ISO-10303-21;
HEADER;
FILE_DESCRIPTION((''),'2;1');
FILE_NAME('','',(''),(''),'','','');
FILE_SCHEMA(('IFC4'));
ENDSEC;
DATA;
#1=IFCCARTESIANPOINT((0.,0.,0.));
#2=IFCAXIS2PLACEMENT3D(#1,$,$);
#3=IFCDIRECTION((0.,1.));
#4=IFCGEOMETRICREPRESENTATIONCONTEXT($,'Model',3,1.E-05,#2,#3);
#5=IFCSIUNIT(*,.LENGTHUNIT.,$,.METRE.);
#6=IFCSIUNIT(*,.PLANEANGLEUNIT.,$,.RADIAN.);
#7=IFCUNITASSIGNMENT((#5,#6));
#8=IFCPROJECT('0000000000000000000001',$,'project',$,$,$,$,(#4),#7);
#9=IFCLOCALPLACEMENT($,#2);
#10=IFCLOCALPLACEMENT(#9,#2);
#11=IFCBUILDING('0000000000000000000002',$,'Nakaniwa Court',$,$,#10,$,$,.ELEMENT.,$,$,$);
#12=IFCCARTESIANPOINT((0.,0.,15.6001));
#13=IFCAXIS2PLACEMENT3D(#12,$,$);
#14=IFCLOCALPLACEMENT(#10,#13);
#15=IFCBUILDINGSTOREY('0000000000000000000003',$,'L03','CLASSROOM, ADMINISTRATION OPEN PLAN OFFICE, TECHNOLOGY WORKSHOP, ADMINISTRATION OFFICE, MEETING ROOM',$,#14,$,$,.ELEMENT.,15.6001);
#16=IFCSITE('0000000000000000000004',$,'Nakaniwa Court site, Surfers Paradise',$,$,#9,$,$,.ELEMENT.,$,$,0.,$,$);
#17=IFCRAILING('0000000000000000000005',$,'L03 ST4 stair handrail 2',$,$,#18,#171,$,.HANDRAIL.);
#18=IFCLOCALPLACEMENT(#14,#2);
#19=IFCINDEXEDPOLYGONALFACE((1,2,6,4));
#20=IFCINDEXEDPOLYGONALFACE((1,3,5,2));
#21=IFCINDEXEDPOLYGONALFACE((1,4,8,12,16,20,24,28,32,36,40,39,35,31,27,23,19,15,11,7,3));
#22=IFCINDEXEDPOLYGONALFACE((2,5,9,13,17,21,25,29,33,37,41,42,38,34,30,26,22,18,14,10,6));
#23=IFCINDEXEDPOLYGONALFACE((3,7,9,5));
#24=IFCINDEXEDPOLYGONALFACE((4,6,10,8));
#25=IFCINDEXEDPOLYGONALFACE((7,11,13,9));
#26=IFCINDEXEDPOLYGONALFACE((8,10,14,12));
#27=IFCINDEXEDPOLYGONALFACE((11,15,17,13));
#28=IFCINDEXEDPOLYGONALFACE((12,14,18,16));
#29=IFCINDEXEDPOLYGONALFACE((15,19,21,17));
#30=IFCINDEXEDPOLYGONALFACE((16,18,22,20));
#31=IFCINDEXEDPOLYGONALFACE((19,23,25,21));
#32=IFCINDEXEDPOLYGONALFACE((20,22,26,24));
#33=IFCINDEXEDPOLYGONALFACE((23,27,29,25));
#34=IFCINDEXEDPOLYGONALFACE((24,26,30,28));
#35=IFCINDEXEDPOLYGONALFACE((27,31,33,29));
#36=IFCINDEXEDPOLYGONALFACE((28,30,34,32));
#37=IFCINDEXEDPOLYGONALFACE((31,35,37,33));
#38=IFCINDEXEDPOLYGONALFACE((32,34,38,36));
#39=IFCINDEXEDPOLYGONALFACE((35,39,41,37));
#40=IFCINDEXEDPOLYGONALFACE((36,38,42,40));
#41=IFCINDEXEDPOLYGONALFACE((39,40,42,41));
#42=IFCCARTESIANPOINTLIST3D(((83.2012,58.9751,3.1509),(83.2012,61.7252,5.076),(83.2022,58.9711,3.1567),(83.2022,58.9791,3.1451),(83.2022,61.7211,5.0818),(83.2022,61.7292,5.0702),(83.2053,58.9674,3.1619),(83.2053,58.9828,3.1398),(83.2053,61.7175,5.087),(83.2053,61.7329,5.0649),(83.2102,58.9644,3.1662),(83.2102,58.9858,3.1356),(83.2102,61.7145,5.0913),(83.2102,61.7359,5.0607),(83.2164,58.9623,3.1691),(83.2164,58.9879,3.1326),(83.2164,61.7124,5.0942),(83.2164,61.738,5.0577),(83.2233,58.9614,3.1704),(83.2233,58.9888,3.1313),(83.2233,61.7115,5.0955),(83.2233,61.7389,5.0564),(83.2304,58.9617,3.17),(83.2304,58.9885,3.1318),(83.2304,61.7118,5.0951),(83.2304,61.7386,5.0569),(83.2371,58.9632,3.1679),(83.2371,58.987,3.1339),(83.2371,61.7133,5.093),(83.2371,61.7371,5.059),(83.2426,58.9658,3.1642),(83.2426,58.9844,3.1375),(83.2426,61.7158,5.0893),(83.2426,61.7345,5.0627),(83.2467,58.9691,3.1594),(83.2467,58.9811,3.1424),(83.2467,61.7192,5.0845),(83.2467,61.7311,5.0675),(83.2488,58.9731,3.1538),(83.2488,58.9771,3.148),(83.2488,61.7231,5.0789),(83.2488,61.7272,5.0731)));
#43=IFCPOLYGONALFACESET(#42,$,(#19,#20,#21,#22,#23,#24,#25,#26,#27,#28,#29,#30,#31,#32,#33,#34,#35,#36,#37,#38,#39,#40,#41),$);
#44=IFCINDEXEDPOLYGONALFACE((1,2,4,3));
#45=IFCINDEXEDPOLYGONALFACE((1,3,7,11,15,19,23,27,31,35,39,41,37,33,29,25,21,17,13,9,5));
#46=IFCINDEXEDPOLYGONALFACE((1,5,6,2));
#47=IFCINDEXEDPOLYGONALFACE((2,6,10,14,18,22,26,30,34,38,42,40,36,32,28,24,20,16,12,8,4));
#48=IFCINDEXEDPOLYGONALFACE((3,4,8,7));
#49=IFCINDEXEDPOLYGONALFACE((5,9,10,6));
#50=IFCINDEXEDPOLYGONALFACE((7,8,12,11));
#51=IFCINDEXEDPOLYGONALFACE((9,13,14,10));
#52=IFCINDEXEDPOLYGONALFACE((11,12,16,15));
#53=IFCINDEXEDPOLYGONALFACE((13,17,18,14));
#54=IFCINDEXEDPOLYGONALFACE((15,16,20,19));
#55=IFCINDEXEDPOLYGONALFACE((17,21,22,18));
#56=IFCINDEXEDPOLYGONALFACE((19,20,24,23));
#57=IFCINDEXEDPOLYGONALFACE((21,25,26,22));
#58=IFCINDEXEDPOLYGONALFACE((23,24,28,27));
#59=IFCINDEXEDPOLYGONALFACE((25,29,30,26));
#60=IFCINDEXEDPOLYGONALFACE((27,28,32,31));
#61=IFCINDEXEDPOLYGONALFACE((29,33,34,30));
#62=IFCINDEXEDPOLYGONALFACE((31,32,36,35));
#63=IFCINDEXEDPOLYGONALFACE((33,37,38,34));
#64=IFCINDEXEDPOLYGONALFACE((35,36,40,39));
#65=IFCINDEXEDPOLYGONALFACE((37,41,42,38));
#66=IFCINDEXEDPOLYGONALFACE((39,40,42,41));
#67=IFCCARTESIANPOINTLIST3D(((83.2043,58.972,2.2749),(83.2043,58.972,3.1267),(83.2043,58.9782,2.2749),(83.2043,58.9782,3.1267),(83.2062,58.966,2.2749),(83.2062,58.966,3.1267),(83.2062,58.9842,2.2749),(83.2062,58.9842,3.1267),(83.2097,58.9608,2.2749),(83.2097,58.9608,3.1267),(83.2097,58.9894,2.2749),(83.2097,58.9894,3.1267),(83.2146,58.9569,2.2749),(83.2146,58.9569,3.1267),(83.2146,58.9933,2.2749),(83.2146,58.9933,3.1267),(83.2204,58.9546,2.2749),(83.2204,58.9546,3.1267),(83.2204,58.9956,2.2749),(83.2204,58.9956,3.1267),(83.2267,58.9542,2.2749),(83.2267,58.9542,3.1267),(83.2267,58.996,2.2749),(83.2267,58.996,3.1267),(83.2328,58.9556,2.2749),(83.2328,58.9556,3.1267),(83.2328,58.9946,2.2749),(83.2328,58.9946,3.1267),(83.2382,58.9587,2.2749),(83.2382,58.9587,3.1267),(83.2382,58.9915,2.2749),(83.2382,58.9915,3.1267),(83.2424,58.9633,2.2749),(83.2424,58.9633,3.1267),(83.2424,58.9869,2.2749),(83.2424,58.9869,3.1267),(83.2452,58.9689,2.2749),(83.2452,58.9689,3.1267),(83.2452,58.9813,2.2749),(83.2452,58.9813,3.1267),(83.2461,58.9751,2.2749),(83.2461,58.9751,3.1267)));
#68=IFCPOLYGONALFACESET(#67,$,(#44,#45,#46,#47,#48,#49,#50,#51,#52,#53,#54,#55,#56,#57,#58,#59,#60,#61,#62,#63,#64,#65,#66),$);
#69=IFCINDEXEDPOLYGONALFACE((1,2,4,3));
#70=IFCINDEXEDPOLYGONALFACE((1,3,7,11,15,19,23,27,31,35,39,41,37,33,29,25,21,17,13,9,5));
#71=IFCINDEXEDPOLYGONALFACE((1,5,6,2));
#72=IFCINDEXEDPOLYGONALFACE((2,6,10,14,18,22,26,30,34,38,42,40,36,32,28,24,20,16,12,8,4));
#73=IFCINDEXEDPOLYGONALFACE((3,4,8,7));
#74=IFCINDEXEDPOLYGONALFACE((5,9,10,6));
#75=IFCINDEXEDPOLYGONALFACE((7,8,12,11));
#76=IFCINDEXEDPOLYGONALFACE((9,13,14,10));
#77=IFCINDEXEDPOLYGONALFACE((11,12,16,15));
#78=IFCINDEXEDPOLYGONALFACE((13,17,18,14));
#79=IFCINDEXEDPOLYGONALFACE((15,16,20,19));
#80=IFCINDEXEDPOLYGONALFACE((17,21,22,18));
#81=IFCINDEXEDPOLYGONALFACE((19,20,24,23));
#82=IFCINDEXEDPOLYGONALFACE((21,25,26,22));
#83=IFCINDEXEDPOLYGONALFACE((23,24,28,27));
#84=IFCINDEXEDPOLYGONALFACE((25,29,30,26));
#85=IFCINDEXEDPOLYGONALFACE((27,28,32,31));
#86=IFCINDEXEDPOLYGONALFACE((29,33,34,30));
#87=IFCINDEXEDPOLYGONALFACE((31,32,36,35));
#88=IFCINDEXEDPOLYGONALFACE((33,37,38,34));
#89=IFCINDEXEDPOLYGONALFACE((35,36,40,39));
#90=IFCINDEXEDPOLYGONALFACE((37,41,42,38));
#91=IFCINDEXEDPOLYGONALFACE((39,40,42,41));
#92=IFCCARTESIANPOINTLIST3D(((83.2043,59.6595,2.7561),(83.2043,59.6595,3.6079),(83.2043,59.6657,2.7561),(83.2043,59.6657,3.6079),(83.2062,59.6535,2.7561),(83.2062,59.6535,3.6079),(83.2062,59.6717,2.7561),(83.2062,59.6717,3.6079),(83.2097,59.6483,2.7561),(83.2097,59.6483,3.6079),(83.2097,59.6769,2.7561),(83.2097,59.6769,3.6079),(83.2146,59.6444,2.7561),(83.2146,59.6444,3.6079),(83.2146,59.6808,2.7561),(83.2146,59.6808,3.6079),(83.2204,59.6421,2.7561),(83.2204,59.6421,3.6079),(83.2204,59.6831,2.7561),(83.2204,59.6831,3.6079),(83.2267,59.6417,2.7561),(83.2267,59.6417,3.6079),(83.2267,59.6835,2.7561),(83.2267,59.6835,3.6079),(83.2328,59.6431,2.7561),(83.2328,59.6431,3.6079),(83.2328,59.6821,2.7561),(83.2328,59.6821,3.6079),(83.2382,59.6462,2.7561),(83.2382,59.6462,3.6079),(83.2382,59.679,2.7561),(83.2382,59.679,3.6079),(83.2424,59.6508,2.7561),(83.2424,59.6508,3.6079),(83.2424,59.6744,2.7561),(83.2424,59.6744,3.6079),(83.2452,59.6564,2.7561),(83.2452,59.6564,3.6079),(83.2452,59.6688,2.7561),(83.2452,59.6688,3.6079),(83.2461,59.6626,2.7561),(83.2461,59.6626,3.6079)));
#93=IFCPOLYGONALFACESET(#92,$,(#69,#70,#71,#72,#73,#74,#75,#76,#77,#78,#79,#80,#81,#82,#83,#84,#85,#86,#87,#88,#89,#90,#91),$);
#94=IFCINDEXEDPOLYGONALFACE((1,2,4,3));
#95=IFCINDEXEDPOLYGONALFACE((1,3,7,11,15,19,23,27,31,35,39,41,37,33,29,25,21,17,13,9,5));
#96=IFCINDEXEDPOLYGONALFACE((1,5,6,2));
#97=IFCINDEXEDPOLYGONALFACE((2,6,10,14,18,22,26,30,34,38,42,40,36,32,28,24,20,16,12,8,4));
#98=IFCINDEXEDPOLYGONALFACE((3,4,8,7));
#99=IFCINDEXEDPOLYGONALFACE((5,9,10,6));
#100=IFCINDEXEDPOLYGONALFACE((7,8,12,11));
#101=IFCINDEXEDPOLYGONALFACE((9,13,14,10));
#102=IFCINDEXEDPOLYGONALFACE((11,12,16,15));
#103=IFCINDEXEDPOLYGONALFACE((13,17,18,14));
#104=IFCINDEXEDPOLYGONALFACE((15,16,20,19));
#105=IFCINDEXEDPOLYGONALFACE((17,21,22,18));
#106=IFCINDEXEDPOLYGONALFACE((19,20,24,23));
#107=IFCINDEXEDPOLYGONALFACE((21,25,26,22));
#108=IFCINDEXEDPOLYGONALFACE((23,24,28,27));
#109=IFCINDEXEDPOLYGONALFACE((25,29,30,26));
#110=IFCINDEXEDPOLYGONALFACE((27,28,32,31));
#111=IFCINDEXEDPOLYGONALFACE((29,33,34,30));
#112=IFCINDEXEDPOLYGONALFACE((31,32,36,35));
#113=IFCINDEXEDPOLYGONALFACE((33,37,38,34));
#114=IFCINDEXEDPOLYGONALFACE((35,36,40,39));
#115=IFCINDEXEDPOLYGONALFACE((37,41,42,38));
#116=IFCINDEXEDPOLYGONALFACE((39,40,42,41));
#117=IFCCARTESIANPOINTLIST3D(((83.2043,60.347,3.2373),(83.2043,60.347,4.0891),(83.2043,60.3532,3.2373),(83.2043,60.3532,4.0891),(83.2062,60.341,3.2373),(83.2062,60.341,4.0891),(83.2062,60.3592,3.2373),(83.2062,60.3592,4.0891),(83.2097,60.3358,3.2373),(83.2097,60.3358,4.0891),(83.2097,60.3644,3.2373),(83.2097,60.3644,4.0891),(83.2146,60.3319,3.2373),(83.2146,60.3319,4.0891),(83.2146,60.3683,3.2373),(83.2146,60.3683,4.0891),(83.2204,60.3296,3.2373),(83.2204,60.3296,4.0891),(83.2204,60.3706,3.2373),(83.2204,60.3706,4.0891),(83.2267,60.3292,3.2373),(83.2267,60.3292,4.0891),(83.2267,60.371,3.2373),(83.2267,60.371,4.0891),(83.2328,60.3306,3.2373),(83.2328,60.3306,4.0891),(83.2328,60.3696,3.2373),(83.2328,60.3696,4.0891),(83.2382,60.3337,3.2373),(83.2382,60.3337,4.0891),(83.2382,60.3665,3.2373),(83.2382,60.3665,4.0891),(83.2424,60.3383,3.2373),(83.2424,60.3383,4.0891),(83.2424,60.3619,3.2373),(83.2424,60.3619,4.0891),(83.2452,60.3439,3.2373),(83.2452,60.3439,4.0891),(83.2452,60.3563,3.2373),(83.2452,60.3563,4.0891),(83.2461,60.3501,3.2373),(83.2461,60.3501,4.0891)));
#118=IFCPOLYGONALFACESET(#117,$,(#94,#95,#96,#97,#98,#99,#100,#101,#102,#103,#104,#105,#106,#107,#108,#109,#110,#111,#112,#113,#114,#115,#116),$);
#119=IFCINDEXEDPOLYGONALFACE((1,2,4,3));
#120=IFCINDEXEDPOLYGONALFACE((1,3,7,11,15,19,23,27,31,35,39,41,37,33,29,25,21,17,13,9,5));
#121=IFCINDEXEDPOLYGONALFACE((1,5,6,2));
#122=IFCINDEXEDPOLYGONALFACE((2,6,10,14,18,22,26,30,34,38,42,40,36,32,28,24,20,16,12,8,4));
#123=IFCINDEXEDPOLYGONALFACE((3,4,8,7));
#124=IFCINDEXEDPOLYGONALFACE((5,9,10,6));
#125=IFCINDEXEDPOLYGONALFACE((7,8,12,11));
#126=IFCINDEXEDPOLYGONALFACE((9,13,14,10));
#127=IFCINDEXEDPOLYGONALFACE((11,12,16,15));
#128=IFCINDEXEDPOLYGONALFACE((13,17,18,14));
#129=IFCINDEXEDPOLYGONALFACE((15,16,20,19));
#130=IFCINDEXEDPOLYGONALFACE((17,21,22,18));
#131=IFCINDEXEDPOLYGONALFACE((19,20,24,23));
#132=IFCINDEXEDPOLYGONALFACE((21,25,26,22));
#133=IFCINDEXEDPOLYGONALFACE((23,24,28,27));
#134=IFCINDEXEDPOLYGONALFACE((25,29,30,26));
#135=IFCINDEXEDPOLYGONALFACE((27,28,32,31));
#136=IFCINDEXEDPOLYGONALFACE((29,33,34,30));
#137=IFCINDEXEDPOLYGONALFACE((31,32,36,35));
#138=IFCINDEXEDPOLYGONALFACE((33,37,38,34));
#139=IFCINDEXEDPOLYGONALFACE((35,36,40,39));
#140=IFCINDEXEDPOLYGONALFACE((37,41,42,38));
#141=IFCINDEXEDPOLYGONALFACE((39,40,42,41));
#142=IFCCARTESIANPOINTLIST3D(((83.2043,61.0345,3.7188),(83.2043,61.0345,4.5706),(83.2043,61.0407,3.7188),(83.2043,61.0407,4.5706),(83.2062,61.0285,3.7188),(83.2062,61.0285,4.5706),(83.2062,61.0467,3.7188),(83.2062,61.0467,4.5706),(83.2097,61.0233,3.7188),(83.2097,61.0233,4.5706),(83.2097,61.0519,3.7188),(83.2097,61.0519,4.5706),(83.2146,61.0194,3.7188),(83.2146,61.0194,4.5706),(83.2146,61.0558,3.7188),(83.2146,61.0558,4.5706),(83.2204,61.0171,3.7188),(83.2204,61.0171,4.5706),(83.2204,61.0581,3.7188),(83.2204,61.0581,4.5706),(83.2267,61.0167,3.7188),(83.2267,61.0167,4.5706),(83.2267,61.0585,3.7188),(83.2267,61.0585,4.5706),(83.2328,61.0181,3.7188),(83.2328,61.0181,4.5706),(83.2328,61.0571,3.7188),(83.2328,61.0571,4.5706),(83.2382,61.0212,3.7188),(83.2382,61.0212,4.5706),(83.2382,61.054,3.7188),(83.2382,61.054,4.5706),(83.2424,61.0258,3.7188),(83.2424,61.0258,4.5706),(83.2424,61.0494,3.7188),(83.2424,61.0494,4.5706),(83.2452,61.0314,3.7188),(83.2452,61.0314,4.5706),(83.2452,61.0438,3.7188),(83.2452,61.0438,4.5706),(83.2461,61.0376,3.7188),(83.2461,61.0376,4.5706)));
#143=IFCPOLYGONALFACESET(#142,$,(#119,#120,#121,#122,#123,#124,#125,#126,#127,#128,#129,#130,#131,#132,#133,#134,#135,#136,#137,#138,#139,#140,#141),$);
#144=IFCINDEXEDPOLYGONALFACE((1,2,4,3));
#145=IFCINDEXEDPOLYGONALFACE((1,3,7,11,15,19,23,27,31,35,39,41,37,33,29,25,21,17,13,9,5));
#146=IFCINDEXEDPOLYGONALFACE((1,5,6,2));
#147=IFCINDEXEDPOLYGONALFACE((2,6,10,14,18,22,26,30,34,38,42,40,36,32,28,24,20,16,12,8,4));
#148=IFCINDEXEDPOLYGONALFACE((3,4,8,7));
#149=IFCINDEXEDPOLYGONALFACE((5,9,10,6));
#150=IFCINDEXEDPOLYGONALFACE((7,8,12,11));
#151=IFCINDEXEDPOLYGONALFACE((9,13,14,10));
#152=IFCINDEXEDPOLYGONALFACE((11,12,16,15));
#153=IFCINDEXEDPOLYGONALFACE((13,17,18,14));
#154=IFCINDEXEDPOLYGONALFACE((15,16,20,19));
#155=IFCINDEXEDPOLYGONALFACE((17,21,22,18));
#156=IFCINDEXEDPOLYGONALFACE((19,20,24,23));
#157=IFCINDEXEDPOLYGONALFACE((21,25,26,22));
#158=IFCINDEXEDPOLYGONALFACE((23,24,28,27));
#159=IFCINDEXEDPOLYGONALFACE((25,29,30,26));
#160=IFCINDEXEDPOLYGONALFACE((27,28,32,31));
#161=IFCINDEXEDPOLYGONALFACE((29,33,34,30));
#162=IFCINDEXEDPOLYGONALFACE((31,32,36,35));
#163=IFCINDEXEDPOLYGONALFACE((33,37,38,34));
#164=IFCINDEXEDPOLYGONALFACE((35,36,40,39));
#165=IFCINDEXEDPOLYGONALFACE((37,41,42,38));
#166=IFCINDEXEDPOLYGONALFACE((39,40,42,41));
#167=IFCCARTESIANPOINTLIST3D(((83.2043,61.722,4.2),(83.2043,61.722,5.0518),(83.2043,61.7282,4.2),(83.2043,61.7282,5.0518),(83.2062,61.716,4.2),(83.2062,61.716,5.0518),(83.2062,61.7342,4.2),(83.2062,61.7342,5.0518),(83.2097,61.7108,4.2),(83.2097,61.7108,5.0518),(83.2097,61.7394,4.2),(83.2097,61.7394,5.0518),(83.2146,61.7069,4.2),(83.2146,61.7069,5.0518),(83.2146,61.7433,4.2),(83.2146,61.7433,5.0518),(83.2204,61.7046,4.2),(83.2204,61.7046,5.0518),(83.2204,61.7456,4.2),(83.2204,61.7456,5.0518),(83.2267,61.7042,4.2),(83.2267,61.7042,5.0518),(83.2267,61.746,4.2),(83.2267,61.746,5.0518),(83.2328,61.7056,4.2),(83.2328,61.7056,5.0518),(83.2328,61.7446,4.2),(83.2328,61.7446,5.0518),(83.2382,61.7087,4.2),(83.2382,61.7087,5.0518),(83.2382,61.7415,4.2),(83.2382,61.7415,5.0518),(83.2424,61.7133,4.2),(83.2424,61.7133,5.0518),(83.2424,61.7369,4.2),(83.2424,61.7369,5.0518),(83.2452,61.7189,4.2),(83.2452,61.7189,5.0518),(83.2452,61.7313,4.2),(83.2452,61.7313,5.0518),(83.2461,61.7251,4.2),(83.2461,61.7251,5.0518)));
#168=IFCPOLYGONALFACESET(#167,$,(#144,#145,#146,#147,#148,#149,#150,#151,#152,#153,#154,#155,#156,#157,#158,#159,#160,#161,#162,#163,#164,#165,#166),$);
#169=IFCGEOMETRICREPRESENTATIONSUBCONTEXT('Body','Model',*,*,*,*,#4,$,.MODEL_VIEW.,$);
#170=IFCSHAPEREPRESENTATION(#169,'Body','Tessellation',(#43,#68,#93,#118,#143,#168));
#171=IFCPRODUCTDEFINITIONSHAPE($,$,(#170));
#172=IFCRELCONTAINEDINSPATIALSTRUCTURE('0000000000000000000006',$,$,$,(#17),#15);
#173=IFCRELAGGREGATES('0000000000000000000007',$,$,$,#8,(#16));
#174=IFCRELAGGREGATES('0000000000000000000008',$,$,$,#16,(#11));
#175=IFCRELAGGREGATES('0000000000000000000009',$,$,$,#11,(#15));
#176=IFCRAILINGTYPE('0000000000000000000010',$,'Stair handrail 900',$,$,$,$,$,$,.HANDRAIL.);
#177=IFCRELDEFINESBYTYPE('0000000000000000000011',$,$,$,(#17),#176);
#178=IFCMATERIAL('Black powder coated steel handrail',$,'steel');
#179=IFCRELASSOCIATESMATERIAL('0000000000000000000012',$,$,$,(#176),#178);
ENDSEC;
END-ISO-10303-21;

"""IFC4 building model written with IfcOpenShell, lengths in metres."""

from ifc_helpers import new_model, si_unit, direction, frame, origin, origin_2d, place, context, subcontext, project, spatial, circle, extrude, material, type_object, element, save


model = new_model("IFC4")

# Units and contexts
model_context = context("Model", 3, precision=1e-05, world=origin(), true_north=direction((0.0, 1.0)))
body_context = subcontext(model_context, "Body", "Model", "MODEL_VIEW")
ifc_project = project(units=[si_unit("LENGTHUNIT", "METRE"), si_unit("PLANEANGLEUNIT", "RADIAN")], contexts=[model_context])

# Site, building, storey
site_placement = place(None, origin())
site = spatial("IfcSite", under=ifc_project, at=site_placement, Name="Nakaniwa Court site, Surfers Paradise", CompositionType="ELEMENT", RefElevation=0.0)
building_placement = place(site_placement, origin())
building = spatial("IfcBuilding", under=site, at=building_placement, Name="Nakaniwa Court", CompositionType="ELEMENT")
storey_placement = place(building_placement, frame((0.0, 0.0, 15.6001)))
storey = spatial("IfcBuildingStorey", under=building, at=storey_placement, Name="L03", Description="CLASSROOM, ADMINISTRATION OPEN PLAN OFFICE, TECHNOLOGY WORKSHOP, ADMINISTRATION OFFICE, MEETING ROOM", CompositionType="ELEMENT", Elevation=15.6001)

# Railing
ifc_material_1 = material(Name="Black powder coated steel handrail", Category="steel")
railing_type = type_object("IfcRailingType", Name="Stair handrail 900", PredefinedType="HANDRAIL", material=ifc_material_1)
railing_placement = place(storey_placement, frame((83.2251, 58.9751, 2.2749)))
element("IfcRailing", 1, at=railing_placement, inside=storey, type_object=railing_type, Name="L03 ST4 stair handrail 2", PredefinedType="HANDRAIL", context=body_context, shape_type="SweptSolid", body=[
    extrude(circle(Radius=0.0239, at=origin_2d()), frame((0.0, 0.0, 0.876), z_axis=(0.0, 0.819225, 0.573472), x_axis=(-1.0, 0.0, 0.0)), (0.0, 0.0, 1.0), 3.3569),
    extrude(circle(Radius=0.021, at=origin_2d()), origin(), (0.0, 0.0, 1.0), 0.8518),
    extrude(circle(Radius=0.021, at=origin_2d()), frame((0.0, 0.6875, 0.4812)), (0.0, 0.0, 1.0), 0.8518),
    extrude(circle(Radius=0.021, at=origin_2d()), frame((0.0, 1.375, 0.9624)), (0.0, 0.0, 1.0), 0.8518),
    extrude(circle(Radius=0.021, at=origin_2d()), frame((0.0, 2.0625, 1.4438)), (0.0, 0.0, 1.0), 0.8518),
    extrude(circle(Radius=0.021, at=origin_2d()), frame((0.0, 2.75, 1.925)), (0.0, 0.0, 1.0), 0.8518),
])

save(model, "model.ifc")
